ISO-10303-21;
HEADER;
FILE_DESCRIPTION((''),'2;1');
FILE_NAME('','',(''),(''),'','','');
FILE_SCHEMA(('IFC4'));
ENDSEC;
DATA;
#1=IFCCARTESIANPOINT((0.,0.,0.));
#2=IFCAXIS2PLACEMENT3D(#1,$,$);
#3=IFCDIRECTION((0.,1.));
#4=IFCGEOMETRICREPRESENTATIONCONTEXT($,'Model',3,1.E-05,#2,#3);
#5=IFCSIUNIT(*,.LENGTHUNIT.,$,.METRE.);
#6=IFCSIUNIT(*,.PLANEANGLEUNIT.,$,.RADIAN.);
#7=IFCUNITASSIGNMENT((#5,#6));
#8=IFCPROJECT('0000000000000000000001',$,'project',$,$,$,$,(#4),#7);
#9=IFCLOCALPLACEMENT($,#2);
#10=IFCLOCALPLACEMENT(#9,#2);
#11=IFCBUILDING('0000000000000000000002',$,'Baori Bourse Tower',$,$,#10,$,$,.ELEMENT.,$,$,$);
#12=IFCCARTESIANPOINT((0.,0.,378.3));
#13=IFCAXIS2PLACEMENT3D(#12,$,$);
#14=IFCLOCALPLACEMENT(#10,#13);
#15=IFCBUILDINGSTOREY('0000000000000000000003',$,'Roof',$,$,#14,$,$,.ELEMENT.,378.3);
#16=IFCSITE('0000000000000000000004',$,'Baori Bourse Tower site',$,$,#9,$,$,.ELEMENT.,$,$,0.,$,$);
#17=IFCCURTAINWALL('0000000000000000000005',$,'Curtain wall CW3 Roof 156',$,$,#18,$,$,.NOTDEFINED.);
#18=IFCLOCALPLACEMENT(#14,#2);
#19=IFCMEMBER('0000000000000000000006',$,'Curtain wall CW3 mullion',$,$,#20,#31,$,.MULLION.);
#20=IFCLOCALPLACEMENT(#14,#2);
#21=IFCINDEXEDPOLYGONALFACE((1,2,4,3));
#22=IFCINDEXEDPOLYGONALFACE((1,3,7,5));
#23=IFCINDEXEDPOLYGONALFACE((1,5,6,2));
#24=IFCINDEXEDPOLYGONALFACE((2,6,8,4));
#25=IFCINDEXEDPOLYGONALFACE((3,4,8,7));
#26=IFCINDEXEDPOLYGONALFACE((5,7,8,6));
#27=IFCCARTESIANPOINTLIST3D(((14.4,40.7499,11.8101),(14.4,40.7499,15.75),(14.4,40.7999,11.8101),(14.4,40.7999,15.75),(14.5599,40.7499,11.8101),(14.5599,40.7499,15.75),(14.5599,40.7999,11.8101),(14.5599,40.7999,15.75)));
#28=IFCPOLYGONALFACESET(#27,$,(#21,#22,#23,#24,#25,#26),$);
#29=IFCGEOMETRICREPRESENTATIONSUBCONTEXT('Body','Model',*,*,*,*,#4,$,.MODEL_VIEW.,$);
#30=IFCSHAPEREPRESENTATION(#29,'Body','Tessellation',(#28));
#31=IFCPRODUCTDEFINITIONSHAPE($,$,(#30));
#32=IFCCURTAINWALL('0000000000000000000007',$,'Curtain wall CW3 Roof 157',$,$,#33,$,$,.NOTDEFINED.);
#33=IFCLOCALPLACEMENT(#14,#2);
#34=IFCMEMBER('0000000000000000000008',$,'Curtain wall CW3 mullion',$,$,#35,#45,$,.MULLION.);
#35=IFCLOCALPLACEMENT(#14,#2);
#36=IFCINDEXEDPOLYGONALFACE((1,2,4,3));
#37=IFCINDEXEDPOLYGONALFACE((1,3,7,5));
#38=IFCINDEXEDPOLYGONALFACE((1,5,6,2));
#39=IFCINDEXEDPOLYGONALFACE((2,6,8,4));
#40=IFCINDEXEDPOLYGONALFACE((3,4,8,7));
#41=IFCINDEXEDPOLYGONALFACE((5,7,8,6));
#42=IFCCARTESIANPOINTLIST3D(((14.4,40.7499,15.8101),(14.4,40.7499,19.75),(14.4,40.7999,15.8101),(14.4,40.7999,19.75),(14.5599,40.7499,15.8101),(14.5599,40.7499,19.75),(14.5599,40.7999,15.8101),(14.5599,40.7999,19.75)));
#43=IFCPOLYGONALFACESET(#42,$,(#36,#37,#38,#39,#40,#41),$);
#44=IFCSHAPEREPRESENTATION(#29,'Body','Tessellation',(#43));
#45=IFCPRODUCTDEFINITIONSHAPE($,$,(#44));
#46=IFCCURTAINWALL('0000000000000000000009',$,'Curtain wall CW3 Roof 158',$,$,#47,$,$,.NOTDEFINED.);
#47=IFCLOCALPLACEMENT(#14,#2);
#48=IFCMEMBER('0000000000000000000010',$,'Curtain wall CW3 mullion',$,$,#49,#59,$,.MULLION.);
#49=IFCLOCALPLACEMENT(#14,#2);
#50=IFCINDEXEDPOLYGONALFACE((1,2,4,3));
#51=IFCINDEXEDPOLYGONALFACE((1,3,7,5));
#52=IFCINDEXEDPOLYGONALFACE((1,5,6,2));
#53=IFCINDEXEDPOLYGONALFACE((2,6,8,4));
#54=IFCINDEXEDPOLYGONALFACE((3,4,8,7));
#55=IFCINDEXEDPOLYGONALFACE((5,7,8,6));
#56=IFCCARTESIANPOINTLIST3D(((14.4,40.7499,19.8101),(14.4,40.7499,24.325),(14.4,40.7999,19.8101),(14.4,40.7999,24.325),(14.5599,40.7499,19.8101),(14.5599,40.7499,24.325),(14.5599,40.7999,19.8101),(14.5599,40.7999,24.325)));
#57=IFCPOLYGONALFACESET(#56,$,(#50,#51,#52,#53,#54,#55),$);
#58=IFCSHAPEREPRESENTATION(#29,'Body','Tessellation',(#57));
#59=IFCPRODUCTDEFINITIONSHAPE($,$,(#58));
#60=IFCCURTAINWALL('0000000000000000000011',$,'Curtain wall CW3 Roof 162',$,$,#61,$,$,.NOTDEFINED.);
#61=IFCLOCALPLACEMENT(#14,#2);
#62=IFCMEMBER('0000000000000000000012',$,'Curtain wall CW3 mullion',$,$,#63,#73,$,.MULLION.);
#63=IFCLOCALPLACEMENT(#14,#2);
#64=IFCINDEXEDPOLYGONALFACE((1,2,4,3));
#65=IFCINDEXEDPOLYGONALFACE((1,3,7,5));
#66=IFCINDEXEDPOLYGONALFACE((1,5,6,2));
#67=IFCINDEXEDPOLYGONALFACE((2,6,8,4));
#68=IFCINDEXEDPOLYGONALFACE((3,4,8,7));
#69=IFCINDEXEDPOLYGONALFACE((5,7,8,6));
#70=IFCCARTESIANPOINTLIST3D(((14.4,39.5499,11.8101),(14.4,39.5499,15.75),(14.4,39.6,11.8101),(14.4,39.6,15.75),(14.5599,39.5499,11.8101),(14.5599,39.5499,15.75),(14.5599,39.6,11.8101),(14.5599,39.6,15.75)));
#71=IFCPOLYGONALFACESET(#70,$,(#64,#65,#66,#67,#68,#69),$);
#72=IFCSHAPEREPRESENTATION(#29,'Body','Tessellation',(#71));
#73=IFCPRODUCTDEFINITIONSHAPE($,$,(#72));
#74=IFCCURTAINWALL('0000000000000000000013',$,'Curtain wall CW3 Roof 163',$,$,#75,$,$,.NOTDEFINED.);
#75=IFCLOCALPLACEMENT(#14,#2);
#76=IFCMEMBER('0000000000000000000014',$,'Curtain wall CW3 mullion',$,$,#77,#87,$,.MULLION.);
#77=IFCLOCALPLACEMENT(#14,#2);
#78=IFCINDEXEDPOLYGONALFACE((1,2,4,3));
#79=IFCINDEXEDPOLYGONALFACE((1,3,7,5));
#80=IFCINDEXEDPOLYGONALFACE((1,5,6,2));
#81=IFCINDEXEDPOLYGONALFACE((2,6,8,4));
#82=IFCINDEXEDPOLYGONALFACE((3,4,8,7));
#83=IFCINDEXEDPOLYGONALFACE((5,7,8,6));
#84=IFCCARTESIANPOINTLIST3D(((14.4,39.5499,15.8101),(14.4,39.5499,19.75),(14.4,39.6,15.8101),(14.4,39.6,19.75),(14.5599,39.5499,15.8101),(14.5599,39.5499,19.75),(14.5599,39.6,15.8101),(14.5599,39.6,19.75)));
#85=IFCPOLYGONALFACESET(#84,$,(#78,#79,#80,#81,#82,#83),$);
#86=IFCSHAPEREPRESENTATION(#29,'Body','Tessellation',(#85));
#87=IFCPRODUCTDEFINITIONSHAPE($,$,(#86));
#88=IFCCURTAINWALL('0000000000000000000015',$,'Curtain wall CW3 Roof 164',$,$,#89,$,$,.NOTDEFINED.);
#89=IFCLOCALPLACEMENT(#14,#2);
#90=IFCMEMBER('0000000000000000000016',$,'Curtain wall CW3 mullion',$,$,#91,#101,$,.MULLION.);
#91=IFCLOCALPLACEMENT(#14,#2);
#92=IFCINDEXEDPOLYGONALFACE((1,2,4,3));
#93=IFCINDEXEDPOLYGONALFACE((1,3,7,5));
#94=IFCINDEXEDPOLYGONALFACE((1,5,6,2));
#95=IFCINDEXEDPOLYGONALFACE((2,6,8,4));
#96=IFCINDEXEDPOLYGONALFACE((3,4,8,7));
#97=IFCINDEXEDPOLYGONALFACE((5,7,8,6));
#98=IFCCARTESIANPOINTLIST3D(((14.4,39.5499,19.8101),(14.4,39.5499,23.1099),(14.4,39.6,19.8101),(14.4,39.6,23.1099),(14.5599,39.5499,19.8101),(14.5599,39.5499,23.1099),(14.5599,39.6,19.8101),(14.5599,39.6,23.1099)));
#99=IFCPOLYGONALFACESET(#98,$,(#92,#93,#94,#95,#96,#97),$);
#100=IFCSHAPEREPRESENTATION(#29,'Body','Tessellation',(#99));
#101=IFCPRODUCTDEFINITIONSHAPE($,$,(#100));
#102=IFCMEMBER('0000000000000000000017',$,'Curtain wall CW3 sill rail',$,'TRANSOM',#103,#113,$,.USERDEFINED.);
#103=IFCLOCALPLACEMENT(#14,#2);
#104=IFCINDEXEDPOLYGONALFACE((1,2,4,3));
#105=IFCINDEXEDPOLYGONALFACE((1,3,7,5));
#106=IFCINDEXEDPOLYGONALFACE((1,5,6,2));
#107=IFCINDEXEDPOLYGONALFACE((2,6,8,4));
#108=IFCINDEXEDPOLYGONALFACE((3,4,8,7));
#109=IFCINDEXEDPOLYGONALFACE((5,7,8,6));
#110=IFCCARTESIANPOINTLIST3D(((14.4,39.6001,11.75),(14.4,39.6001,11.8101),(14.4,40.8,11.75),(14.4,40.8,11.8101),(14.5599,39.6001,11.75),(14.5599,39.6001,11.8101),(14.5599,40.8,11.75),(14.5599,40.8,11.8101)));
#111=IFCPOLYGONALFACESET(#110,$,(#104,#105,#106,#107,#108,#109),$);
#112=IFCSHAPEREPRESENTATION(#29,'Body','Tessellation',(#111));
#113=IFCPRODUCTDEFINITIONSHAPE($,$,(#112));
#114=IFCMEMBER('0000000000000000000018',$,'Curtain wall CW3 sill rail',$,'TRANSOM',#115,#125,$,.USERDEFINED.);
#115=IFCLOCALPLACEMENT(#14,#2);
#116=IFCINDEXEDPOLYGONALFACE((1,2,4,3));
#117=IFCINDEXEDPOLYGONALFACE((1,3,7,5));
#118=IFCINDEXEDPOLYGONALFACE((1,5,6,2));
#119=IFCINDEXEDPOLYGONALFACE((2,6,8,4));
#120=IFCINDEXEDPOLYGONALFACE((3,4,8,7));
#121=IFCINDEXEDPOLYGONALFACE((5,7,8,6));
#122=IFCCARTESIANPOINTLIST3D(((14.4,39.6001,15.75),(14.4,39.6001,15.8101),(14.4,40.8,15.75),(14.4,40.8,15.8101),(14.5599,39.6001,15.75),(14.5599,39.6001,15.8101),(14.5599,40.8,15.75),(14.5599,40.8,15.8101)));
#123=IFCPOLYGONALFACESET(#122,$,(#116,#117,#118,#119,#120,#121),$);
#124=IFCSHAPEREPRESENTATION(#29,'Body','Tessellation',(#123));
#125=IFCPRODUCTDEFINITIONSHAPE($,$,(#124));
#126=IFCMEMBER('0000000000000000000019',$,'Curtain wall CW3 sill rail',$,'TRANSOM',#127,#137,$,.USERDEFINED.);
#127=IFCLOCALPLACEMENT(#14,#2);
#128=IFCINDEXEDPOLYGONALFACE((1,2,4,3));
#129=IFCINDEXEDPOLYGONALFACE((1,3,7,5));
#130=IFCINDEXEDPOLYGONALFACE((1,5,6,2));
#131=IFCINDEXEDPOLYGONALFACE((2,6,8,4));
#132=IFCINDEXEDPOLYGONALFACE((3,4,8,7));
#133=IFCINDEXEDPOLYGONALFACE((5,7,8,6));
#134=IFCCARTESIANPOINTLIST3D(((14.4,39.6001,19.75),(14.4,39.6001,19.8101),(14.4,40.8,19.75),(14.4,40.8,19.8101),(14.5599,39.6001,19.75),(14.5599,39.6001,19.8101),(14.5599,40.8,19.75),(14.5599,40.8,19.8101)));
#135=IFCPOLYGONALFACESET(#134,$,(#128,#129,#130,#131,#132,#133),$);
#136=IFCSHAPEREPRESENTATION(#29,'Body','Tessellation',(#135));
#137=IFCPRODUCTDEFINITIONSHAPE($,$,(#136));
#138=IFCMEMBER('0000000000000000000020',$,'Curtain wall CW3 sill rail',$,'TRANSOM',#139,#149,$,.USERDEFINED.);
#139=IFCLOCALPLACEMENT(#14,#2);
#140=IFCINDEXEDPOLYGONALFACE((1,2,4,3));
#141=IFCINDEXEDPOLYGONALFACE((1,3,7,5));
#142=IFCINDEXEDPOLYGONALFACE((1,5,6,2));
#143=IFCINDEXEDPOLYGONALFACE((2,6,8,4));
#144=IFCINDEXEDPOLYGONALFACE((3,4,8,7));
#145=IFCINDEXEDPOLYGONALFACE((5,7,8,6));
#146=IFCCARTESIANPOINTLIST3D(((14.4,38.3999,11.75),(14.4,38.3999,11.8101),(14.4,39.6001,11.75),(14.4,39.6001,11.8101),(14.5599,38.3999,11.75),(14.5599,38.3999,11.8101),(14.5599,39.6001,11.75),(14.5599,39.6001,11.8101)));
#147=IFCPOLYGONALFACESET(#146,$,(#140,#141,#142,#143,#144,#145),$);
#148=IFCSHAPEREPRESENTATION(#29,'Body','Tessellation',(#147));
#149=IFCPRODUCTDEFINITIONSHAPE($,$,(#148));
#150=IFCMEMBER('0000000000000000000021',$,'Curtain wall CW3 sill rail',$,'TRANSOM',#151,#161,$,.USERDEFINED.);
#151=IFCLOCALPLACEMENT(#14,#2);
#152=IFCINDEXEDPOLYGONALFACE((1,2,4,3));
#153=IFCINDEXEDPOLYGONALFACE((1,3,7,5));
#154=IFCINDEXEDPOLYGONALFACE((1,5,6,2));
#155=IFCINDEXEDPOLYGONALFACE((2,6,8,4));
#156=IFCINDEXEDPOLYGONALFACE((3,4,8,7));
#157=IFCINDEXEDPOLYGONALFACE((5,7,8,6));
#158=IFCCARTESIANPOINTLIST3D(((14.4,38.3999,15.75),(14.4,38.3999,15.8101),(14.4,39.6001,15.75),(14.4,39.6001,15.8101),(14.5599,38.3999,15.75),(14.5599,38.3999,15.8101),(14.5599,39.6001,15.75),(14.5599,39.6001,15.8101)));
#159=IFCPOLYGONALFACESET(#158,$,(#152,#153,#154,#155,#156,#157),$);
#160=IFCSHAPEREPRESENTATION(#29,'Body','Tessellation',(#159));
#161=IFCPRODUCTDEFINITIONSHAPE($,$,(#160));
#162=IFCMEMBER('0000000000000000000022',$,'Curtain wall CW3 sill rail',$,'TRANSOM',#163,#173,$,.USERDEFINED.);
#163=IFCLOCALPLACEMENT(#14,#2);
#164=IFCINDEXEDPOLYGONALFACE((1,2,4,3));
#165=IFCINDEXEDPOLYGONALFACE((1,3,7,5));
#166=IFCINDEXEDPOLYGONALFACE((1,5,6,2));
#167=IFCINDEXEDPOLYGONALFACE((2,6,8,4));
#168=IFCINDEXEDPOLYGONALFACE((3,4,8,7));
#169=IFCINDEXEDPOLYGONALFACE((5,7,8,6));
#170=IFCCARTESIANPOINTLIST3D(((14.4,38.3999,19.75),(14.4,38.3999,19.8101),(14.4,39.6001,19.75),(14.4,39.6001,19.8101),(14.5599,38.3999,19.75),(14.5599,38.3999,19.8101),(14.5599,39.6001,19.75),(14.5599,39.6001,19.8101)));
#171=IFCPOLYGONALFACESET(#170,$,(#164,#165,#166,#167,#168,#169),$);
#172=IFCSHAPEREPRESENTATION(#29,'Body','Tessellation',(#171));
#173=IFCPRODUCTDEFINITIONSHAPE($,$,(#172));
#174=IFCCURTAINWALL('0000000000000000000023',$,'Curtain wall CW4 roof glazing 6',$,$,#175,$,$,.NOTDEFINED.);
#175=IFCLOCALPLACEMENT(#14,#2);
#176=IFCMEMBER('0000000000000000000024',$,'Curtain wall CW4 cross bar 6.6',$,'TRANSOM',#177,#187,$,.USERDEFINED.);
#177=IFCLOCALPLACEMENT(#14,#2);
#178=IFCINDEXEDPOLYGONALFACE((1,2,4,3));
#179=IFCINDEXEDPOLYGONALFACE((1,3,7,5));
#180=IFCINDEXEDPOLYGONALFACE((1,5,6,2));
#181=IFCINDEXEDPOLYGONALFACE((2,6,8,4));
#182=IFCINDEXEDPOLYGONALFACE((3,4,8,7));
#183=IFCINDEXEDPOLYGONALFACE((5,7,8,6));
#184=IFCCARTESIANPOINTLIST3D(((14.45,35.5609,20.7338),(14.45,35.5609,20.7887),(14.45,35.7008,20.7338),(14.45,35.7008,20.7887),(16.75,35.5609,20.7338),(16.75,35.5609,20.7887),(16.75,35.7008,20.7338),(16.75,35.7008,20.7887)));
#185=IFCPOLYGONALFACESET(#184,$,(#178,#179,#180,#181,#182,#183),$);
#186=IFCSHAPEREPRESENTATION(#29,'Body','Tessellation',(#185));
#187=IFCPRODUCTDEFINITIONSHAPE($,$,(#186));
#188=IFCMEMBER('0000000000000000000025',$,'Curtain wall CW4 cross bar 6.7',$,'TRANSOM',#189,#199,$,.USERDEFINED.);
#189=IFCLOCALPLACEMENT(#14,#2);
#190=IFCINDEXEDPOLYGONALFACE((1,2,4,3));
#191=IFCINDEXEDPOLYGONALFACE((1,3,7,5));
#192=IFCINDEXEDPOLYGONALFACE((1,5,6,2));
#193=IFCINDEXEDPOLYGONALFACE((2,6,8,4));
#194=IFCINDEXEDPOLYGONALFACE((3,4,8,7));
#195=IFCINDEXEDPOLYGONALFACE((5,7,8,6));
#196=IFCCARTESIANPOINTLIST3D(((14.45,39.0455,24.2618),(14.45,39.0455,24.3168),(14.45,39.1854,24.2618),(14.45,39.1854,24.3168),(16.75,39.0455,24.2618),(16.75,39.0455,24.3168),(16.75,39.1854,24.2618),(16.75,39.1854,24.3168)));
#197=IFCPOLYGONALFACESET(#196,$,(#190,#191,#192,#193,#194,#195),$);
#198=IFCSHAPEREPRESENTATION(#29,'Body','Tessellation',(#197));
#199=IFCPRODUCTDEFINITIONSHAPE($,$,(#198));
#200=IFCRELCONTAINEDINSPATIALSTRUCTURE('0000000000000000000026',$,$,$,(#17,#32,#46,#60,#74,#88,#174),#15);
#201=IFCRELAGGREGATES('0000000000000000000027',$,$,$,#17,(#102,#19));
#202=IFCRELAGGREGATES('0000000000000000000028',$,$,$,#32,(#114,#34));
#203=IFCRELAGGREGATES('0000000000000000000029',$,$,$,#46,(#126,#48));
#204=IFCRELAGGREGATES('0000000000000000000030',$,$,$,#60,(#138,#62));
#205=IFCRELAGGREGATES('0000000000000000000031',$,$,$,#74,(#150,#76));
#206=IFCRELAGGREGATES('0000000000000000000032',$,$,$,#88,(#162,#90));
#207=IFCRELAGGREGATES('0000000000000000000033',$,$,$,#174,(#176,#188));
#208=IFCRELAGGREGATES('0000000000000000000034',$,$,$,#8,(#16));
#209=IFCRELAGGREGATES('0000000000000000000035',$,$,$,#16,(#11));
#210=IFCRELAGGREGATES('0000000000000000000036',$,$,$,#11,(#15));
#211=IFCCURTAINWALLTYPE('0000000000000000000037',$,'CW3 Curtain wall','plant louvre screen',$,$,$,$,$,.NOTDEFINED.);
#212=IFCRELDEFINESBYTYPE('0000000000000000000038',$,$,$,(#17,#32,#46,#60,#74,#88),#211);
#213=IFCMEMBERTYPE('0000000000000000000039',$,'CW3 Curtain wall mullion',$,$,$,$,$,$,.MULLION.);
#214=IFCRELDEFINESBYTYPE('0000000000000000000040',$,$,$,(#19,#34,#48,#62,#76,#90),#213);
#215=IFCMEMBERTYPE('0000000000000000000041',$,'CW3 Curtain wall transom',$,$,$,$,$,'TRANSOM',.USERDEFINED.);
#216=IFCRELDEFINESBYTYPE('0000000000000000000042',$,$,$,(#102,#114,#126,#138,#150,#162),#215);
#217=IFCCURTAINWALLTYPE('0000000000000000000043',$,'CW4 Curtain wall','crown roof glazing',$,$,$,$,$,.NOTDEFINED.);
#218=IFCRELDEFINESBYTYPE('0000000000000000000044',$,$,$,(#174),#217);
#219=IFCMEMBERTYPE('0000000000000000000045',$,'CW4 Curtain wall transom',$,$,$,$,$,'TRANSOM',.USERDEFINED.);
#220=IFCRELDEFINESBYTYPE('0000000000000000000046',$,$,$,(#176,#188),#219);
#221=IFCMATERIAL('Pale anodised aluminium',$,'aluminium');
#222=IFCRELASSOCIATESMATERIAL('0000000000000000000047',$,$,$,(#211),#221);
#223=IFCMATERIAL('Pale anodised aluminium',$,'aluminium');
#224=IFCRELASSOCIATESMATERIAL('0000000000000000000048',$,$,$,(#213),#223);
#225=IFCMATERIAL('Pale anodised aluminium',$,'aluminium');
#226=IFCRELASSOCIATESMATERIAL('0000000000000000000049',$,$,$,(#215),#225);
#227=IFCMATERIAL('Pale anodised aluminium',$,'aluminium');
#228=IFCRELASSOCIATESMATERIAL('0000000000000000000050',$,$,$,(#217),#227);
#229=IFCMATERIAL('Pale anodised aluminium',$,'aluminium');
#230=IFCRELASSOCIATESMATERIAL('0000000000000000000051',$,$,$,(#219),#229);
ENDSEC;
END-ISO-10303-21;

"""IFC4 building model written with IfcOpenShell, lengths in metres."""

from ifc_helpers import new_model, si_unit, direction, frame, origin, origin_2d, place, context, subcontext, project, spatial, rectangle, extrude, material, material_profile, profile_set, type_object, element, aggregate, save


model = new_model("IFC4")

# Units and contexts
model_context = context("Model", 3, precision=1e-05, world=origin(), true_north=direction((0.0, 1.0)))
body_context = subcontext(model_context, "Body", "Model", "MODEL_VIEW")
ifc_project = project(units=[si_unit("LENGTHUNIT", "METRE"), si_unit("PLANEANGLEUNIT", "RADIAN")], contexts=[model_context])

# Site, building, storey
site_placement = place(None, origin())
site = spatial("IfcSite", under=ifc_project, at=site_placement, Name="Baori Bourse Tower site", CompositionType="ELEMENT", RefElevation=0.0)
building_placement = place(site_placement, origin())
building = spatial("IfcBuilding", under=site, at=building_placement, Name="Baori Bourse Tower", CompositionType="ELEMENT")
storey_placement = place(building_placement, frame((0.0, 0.0, 378.3)))
storey = spatial("IfcBuildingStorey", under=building, at=storey_placement, Name="Roof", CompositionType="ELEMENT", Elevation=378.3)

# Curtain walls, members
ifc_material_1 = material(Name="Pale anodised aluminium", Category="aluminium")
curtain_wall_type_1 = type_object("IfcCurtainWallType", Name="CW3 Curtain wall", Description="plant louvre screen", PredefinedType="NOTDEFINED", material=ifc_material_1)
curtain_wall_1_placement = place(storey_placement, origin())
curtain_wall_1 = element("IfcCurtainWall", 1, at=curtain_wall_1_placement, inside=storey, type_object=curtain_wall_type_1, Name="Curtain wall CW3 Roof 156", PredefinedType="NOTDEFINED")
ifc_material_2 = material(Name="Pale anodised aluminium", Category="aluminium")
ifc_material_profile_1 = material_profile(ifc_material_2, rectangle(XDim=0.1599, YDim=0.05, at=origin_2d()), Name="Mullion 50x160")
ifc_profile_set_1 = profile_set([ifc_material_profile_1], Name="Pale anodised aluminium")
member_type_1 = type_object("IfcMemberType", Name="CW3 Curtain wall mullion", PredefinedType="MULLION", material=ifc_profile_set_1)
member_1_placement = place(storey_placement, frame((14.48, 40.7749, 11.8101), z_axis=(0.0, 0.0, 1.0), x_axis=(1.0, 0.0, 0.0)))
member_1 = element("IfcMember", 2, at=member_1_placement, type_object=member_type_1, Name="Curtain wall CW3 mullion", PredefinedType="MULLION", context=body_context, shape_type="SweptSolid", body=[
    extrude(rectangle(XDim=0.1599, YDim=0.05, at=origin_2d()), origin(), (0.0, 0.0, 1.0), 3.9399),
])
curtain_wall_2_placement = place(storey_placement, origin())
curtain_wall_2 = element("IfcCurtainWall", 3, at=curtain_wall_2_placement, inside=storey, type_object=curtain_wall_type_1, Name="Curtain wall CW3 Roof 157", PredefinedType="NOTDEFINED")
member_2_placement = place(storey_placement, frame((14.48, 40.7749, 15.8101), z_axis=(0.0, 0.0, 1.0), x_axis=(1.0, 0.0, 0.0)))
member_2 = element("IfcMember", 4, at=member_2_placement, type_object=member_type_1, Name="Curtain wall CW3 mullion", PredefinedType="MULLION", context=body_context, shape_type="SweptSolid", body=[
    extrude(rectangle(XDim=0.1599, YDim=0.05, at=origin_2d()), origin(), (0.0, 0.0, 1.0), 3.9399),
])
curtain_wall_3_placement = place(storey_placement, origin())
curtain_wall_3 = element("IfcCurtainWall", 5, at=curtain_wall_3_placement, inside=storey, type_object=curtain_wall_type_1, Name="Curtain wall CW3 Roof 158", PredefinedType="NOTDEFINED")
member_3_placement = place(storey_placement, frame((14.48, 40.7749, 19.8101), z_axis=(0.0, 0.0, 1.0), x_axis=(1.0, 0.0, 0.0)))
member_3 = element("IfcMember", 6, at=member_3_placement, type_object=member_type_1, Name="Curtain wall CW3 mullion", PredefinedType="MULLION", context=body_context, shape_type="SweptSolid", body=[
    extrude(rectangle(XDim=0.1599, YDim=0.05, at=origin_2d()), origin(), (0.0, 0.0, 1.0), 4.5149),
])
curtain_wall_4_placement = place(storey_placement, origin())
curtain_wall_4 = element("IfcCurtainWall", 7, at=curtain_wall_4_placement, inside=storey, type_object=curtain_wall_type_1, Name="Curtain wall CW3 Roof 162", PredefinedType="NOTDEFINED")
member_4_placement = place(storey_placement, frame((14.48, 39.575, 11.8101), z_axis=(0.0, 0.0, 1.0), x_axis=(1.0, 0.0, 0.0)))
member_4 = element("IfcMember", 8, at=member_4_placement, type_object=member_type_1, Name="Curtain wall CW3 mullion", PredefinedType="MULLION", context=body_context, shape_type="SweptSolid", body=[
    extrude(rectangle(XDim=0.1599, YDim=0.05, at=origin_2d()), origin(), (0.0, 0.0, 1.0), 3.9399),
])
curtain_wall_5_placement = place(storey_placement, origin())
curtain_wall_5 = element("IfcCurtainWall", 9, at=curtain_wall_5_placement, inside=storey, type_object=curtain_wall_type_1, Name="Curtain wall CW3 Roof 163", PredefinedType="NOTDEFINED")
member_5_placement = place(storey_placement, frame((14.48, 39.575, 15.8101), z_axis=(0.0, 0.0, 1.0), x_axis=(1.0, 0.0, 0.0)))
member_5 = element("IfcMember", 10, at=member_5_placement, type_object=member_type_1, Name="Curtain wall CW3 mullion", PredefinedType="MULLION", context=body_context, shape_type="SweptSolid", body=[
    extrude(rectangle(XDim=0.1599, YDim=0.05, at=origin_2d()), origin(), (0.0, 0.0, 1.0), 3.9399),
])
curtain_wall_6_placement = place(storey_placement, origin())
curtain_wall_6 = element("IfcCurtainWall", 11, at=curtain_wall_6_placement, inside=storey, type_object=curtain_wall_type_1, Name="Curtain wall CW3 Roof 164", PredefinedType="NOTDEFINED")
member_6_placement = place(storey_placement, frame((14.48, 39.575, 19.8101), z_axis=(0.0, 0.0, 1.0), x_axis=(1.0, 0.0, 0.0)))
member_6 = element("IfcMember", 12, at=member_6_placement, type_object=member_type_1, Name="Curtain wall CW3 mullion", PredefinedType="MULLION", context=body_context, shape_type="SweptSolid", body=[
    extrude(rectangle(XDim=0.1599, YDim=0.05, at=origin_2d()), origin(), (0.0, 0.0, 1.0), 3.2998),
])

# Members
ifc_material_3 = material(Name="Pale anodised aluminium", Category="aluminium")
ifc_material_profile_2 = material_profile(ifc_material_3, rectangle(XDim=0.1599, YDim=0.0601, at=origin_2d()), Name="Transom 60x160")
ifc_profile_set_2 = profile_set([ifc_material_profile_2], Name="Pale anodised aluminium")
member_type_2 = type_object("IfcMemberType", Name="CW3 Curtain wall transom", ElementType="TRANSOM", PredefinedType="USERDEFINED", material=ifc_profile_set_2)
member_7_placement = place(storey_placement, frame((14.48, 40.8, 11.78), z_axis=(0.0, -1.0, 0.0), x_axis=(1.0, 0.0, 0.0)))
member_7 = element("IfcMember", 13, at=member_7_placement, type_object=member_type_2, Name="Curtain wall CW3 sill rail", ObjectType="TRANSOM", PredefinedType="USERDEFINED", context=body_context, shape_type="SweptSolid", body=[
    extrude(rectangle(XDim=0.1599, YDim=0.0601, at=origin_2d()), origin(), (0.0, 0.0, 1.0), 1.2),
])
member_8_placement = place(storey_placement, frame((14.48, 40.8, 15.78), z_axis=(0.0, -1.0, 0.0), x_axis=(1.0, 0.0, 0.0)))
member_8 = element("IfcMember", 14, at=member_8_placement, type_object=member_type_2, Name="Curtain wall CW3 sill rail", ObjectType="TRANSOM", PredefinedType="USERDEFINED", context=body_context, shape_type="SweptSolid", body=[
    extrude(rectangle(XDim=0.1599, YDim=0.0601, at=origin_2d()), origin(), (0.0, 0.0, 1.0), 1.2),
])
member_9_placement = place(storey_placement, frame((14.48, 40.8, 19.78), z_axis=(0.0, -1.0, 0.0), x_axis=(1.0, 0.0, 0.0)))
member_9 = element("IfcMember", 15, at=member_9_placement, type_object=member_type_2, Name="Curtain wall CW3 sill rail", ObjectType="TRANSOM", PredefinedType="USERDEFINED", context=body_context, shape_type="SweptSolid", body=[
    extrude(rectangle(XDim=0.1599, YDim=0.0601, at=origin_2d()), origin(), (0.0, 0.0, 1.0), 1.2),
])
member_10_placement = place(storey_placement, frame((14.48, 39.6001, 11.78), z_axis=(0.0, -1.0, 0.0), x_axis=(1.0, 0.0, 0.0)))
member_10 = element("IfcMember", 16, at=member_10_placement, type_object=member_type_2, Name="Curtain wall CW3 sill rail", ObjectType="TRANSOM", PredefinedType="USERDEFINED", context=body_context, shape_type="SweptSolid", body=[
    extrude(rectangle(XDim=0.1599, YDim=0.0601, at=origin_2d()), origin(), (0.0, 0.0, 1.0), 1.2002),
])
member_11_placement = place(storey_placement, frame((14.48, 39.6001, 15.78), z_axis=(0.0, -1.0, 0.0), x_axis=(1.0, 0.0, 0.0)))
member_11 = element("IfcMember", 17, at=member_11_placement, type_object=member_type_2, Name="Curtain wall CW3 sill rail", ObjectType="TRANSOM", PredefinedType="USERDEFINED", context=body_context, shape_type="SweptSolid", body=[
    extrude(rectangle(XDim=0.1599, YDim=0.0601, at=origin_2d()), origin(), (0.0, 0.0, 1.0), 1.2002),
])
member_12_placement = place(storey_placement, frame((14.48, 39.6001, 19.78), z_axis=(0.0, -1.0, 0.0), x_axis=(1.0, 0.0, 0.0)))
member_12 = element("IfcMember", 18, at=member_12_placement, type_object=member_type_2, Name="Curtain wall CW3 sill rail", ObjectType="TRANSOM", PredefinedType="USERDEFINED", context=body_context, shape_type="SweptSolid", body=[
    extrude(rectangle(XDim=0.1599, YDim=0.0601, at=origin_2d()), origin(), (0.0, 0.0, 1.0), 1.2002),
])

# Curtain wall, members
ifc_material_4 = material(Name="Pale anodised aluminium", Category="aluminium")
curtain_wall_type_2 = type_object("IfcCurtainWallType", Name="CW4 Curtain wall", Description="crown roof glazing", PredefinedType="NOTDEFINED", material=ifc_material_4)
curtain_wall_7_placement = place(storey_placement, origin())
curtain_wall_7 = element("IfcCurtainWall", 19, at=curtain_wall_7_placement, inside=storey, type_object=curtain_wall_type_2, Name="Curtain wall CW4 roof glazing 6", PredefinedType="NOTDEFINED")
ifc_material_5 = material(Name="Pale anodised aluminium", Category="aluminium")
ifc_material_profile_3 = material_profile(ifc_material_5, rectangle(XDim=0.1399, YDim=0.0549, at=origin_2d()), Name="Transom 55x140")
ifc_profile_set_3 = profile_set([ifc_material_profile_3], Name="Pale anodised aluminium")
member_type_3 = type_object("IfcMemberType", Name="CW4 Curtain wall transom", ElementType="TRANSOM", PredefinedType="USERDEFINED", material=ifc_profile_set_3)
member_13_placement = place(storey_placement, frame((14.45, 35.6309, 20.7612), z_axis=(1.0, 0.0, 0.0), x_axis=(0.0, 1.0, 0.0)))
member_13 = element("IfcMember", 20, at=member_13_placement, type_object=member_type_3, Name="Curtain wall CW4 cross bar 6.6", ObjectType="TRANSOM", PredefinedType="USERDEFINED", context=body_context, shape_type="SweptSolid", body=[
    extrude(rectangle(XDim=0.1399, YDim=0.0549, at=origin_2d()), origin(), (0.0, 0.0, 1.0), 2.3),
])
member_14_placement = place(storey_placement, frame((14.45, 39.1155, 24.2893), z_axis=(1.0, 0.0, 0.0), x_axis=(0.0, 1.0, 0.0)))
member_14 = element("IfcMember", 21, at=member_14_placement, type_object=member_type_3, Name="Curtain wall CW4 cross bar 6.7", ObjectType="TRANSOM", PredefinedType="USERDEFINED", context=body_context, shape_type="SweptSolid", body=[
    extrude(rectangle(XDim=0.1399, YDim=0.0549, at=origin_2d()), origin(), (0.0, 0.0, 1.0), 2.3),
])

aggregate(curtain_wall_1, [member_7, member_1])
aggregate(curtain_wall_2, [member_8, member_2])
aggregate(curtain_wall_3, [member_9, member_3])
aggregate(curtain_wall_4, [member_10, member_4])
aggregate(curtain_wall_5, [member_11, member_5])
aggregate(curtain_wall_6, [member_12, member_6])

aggregate(curtain_wall_7, [member_13, member_14])

save(model, "model.ifc")
